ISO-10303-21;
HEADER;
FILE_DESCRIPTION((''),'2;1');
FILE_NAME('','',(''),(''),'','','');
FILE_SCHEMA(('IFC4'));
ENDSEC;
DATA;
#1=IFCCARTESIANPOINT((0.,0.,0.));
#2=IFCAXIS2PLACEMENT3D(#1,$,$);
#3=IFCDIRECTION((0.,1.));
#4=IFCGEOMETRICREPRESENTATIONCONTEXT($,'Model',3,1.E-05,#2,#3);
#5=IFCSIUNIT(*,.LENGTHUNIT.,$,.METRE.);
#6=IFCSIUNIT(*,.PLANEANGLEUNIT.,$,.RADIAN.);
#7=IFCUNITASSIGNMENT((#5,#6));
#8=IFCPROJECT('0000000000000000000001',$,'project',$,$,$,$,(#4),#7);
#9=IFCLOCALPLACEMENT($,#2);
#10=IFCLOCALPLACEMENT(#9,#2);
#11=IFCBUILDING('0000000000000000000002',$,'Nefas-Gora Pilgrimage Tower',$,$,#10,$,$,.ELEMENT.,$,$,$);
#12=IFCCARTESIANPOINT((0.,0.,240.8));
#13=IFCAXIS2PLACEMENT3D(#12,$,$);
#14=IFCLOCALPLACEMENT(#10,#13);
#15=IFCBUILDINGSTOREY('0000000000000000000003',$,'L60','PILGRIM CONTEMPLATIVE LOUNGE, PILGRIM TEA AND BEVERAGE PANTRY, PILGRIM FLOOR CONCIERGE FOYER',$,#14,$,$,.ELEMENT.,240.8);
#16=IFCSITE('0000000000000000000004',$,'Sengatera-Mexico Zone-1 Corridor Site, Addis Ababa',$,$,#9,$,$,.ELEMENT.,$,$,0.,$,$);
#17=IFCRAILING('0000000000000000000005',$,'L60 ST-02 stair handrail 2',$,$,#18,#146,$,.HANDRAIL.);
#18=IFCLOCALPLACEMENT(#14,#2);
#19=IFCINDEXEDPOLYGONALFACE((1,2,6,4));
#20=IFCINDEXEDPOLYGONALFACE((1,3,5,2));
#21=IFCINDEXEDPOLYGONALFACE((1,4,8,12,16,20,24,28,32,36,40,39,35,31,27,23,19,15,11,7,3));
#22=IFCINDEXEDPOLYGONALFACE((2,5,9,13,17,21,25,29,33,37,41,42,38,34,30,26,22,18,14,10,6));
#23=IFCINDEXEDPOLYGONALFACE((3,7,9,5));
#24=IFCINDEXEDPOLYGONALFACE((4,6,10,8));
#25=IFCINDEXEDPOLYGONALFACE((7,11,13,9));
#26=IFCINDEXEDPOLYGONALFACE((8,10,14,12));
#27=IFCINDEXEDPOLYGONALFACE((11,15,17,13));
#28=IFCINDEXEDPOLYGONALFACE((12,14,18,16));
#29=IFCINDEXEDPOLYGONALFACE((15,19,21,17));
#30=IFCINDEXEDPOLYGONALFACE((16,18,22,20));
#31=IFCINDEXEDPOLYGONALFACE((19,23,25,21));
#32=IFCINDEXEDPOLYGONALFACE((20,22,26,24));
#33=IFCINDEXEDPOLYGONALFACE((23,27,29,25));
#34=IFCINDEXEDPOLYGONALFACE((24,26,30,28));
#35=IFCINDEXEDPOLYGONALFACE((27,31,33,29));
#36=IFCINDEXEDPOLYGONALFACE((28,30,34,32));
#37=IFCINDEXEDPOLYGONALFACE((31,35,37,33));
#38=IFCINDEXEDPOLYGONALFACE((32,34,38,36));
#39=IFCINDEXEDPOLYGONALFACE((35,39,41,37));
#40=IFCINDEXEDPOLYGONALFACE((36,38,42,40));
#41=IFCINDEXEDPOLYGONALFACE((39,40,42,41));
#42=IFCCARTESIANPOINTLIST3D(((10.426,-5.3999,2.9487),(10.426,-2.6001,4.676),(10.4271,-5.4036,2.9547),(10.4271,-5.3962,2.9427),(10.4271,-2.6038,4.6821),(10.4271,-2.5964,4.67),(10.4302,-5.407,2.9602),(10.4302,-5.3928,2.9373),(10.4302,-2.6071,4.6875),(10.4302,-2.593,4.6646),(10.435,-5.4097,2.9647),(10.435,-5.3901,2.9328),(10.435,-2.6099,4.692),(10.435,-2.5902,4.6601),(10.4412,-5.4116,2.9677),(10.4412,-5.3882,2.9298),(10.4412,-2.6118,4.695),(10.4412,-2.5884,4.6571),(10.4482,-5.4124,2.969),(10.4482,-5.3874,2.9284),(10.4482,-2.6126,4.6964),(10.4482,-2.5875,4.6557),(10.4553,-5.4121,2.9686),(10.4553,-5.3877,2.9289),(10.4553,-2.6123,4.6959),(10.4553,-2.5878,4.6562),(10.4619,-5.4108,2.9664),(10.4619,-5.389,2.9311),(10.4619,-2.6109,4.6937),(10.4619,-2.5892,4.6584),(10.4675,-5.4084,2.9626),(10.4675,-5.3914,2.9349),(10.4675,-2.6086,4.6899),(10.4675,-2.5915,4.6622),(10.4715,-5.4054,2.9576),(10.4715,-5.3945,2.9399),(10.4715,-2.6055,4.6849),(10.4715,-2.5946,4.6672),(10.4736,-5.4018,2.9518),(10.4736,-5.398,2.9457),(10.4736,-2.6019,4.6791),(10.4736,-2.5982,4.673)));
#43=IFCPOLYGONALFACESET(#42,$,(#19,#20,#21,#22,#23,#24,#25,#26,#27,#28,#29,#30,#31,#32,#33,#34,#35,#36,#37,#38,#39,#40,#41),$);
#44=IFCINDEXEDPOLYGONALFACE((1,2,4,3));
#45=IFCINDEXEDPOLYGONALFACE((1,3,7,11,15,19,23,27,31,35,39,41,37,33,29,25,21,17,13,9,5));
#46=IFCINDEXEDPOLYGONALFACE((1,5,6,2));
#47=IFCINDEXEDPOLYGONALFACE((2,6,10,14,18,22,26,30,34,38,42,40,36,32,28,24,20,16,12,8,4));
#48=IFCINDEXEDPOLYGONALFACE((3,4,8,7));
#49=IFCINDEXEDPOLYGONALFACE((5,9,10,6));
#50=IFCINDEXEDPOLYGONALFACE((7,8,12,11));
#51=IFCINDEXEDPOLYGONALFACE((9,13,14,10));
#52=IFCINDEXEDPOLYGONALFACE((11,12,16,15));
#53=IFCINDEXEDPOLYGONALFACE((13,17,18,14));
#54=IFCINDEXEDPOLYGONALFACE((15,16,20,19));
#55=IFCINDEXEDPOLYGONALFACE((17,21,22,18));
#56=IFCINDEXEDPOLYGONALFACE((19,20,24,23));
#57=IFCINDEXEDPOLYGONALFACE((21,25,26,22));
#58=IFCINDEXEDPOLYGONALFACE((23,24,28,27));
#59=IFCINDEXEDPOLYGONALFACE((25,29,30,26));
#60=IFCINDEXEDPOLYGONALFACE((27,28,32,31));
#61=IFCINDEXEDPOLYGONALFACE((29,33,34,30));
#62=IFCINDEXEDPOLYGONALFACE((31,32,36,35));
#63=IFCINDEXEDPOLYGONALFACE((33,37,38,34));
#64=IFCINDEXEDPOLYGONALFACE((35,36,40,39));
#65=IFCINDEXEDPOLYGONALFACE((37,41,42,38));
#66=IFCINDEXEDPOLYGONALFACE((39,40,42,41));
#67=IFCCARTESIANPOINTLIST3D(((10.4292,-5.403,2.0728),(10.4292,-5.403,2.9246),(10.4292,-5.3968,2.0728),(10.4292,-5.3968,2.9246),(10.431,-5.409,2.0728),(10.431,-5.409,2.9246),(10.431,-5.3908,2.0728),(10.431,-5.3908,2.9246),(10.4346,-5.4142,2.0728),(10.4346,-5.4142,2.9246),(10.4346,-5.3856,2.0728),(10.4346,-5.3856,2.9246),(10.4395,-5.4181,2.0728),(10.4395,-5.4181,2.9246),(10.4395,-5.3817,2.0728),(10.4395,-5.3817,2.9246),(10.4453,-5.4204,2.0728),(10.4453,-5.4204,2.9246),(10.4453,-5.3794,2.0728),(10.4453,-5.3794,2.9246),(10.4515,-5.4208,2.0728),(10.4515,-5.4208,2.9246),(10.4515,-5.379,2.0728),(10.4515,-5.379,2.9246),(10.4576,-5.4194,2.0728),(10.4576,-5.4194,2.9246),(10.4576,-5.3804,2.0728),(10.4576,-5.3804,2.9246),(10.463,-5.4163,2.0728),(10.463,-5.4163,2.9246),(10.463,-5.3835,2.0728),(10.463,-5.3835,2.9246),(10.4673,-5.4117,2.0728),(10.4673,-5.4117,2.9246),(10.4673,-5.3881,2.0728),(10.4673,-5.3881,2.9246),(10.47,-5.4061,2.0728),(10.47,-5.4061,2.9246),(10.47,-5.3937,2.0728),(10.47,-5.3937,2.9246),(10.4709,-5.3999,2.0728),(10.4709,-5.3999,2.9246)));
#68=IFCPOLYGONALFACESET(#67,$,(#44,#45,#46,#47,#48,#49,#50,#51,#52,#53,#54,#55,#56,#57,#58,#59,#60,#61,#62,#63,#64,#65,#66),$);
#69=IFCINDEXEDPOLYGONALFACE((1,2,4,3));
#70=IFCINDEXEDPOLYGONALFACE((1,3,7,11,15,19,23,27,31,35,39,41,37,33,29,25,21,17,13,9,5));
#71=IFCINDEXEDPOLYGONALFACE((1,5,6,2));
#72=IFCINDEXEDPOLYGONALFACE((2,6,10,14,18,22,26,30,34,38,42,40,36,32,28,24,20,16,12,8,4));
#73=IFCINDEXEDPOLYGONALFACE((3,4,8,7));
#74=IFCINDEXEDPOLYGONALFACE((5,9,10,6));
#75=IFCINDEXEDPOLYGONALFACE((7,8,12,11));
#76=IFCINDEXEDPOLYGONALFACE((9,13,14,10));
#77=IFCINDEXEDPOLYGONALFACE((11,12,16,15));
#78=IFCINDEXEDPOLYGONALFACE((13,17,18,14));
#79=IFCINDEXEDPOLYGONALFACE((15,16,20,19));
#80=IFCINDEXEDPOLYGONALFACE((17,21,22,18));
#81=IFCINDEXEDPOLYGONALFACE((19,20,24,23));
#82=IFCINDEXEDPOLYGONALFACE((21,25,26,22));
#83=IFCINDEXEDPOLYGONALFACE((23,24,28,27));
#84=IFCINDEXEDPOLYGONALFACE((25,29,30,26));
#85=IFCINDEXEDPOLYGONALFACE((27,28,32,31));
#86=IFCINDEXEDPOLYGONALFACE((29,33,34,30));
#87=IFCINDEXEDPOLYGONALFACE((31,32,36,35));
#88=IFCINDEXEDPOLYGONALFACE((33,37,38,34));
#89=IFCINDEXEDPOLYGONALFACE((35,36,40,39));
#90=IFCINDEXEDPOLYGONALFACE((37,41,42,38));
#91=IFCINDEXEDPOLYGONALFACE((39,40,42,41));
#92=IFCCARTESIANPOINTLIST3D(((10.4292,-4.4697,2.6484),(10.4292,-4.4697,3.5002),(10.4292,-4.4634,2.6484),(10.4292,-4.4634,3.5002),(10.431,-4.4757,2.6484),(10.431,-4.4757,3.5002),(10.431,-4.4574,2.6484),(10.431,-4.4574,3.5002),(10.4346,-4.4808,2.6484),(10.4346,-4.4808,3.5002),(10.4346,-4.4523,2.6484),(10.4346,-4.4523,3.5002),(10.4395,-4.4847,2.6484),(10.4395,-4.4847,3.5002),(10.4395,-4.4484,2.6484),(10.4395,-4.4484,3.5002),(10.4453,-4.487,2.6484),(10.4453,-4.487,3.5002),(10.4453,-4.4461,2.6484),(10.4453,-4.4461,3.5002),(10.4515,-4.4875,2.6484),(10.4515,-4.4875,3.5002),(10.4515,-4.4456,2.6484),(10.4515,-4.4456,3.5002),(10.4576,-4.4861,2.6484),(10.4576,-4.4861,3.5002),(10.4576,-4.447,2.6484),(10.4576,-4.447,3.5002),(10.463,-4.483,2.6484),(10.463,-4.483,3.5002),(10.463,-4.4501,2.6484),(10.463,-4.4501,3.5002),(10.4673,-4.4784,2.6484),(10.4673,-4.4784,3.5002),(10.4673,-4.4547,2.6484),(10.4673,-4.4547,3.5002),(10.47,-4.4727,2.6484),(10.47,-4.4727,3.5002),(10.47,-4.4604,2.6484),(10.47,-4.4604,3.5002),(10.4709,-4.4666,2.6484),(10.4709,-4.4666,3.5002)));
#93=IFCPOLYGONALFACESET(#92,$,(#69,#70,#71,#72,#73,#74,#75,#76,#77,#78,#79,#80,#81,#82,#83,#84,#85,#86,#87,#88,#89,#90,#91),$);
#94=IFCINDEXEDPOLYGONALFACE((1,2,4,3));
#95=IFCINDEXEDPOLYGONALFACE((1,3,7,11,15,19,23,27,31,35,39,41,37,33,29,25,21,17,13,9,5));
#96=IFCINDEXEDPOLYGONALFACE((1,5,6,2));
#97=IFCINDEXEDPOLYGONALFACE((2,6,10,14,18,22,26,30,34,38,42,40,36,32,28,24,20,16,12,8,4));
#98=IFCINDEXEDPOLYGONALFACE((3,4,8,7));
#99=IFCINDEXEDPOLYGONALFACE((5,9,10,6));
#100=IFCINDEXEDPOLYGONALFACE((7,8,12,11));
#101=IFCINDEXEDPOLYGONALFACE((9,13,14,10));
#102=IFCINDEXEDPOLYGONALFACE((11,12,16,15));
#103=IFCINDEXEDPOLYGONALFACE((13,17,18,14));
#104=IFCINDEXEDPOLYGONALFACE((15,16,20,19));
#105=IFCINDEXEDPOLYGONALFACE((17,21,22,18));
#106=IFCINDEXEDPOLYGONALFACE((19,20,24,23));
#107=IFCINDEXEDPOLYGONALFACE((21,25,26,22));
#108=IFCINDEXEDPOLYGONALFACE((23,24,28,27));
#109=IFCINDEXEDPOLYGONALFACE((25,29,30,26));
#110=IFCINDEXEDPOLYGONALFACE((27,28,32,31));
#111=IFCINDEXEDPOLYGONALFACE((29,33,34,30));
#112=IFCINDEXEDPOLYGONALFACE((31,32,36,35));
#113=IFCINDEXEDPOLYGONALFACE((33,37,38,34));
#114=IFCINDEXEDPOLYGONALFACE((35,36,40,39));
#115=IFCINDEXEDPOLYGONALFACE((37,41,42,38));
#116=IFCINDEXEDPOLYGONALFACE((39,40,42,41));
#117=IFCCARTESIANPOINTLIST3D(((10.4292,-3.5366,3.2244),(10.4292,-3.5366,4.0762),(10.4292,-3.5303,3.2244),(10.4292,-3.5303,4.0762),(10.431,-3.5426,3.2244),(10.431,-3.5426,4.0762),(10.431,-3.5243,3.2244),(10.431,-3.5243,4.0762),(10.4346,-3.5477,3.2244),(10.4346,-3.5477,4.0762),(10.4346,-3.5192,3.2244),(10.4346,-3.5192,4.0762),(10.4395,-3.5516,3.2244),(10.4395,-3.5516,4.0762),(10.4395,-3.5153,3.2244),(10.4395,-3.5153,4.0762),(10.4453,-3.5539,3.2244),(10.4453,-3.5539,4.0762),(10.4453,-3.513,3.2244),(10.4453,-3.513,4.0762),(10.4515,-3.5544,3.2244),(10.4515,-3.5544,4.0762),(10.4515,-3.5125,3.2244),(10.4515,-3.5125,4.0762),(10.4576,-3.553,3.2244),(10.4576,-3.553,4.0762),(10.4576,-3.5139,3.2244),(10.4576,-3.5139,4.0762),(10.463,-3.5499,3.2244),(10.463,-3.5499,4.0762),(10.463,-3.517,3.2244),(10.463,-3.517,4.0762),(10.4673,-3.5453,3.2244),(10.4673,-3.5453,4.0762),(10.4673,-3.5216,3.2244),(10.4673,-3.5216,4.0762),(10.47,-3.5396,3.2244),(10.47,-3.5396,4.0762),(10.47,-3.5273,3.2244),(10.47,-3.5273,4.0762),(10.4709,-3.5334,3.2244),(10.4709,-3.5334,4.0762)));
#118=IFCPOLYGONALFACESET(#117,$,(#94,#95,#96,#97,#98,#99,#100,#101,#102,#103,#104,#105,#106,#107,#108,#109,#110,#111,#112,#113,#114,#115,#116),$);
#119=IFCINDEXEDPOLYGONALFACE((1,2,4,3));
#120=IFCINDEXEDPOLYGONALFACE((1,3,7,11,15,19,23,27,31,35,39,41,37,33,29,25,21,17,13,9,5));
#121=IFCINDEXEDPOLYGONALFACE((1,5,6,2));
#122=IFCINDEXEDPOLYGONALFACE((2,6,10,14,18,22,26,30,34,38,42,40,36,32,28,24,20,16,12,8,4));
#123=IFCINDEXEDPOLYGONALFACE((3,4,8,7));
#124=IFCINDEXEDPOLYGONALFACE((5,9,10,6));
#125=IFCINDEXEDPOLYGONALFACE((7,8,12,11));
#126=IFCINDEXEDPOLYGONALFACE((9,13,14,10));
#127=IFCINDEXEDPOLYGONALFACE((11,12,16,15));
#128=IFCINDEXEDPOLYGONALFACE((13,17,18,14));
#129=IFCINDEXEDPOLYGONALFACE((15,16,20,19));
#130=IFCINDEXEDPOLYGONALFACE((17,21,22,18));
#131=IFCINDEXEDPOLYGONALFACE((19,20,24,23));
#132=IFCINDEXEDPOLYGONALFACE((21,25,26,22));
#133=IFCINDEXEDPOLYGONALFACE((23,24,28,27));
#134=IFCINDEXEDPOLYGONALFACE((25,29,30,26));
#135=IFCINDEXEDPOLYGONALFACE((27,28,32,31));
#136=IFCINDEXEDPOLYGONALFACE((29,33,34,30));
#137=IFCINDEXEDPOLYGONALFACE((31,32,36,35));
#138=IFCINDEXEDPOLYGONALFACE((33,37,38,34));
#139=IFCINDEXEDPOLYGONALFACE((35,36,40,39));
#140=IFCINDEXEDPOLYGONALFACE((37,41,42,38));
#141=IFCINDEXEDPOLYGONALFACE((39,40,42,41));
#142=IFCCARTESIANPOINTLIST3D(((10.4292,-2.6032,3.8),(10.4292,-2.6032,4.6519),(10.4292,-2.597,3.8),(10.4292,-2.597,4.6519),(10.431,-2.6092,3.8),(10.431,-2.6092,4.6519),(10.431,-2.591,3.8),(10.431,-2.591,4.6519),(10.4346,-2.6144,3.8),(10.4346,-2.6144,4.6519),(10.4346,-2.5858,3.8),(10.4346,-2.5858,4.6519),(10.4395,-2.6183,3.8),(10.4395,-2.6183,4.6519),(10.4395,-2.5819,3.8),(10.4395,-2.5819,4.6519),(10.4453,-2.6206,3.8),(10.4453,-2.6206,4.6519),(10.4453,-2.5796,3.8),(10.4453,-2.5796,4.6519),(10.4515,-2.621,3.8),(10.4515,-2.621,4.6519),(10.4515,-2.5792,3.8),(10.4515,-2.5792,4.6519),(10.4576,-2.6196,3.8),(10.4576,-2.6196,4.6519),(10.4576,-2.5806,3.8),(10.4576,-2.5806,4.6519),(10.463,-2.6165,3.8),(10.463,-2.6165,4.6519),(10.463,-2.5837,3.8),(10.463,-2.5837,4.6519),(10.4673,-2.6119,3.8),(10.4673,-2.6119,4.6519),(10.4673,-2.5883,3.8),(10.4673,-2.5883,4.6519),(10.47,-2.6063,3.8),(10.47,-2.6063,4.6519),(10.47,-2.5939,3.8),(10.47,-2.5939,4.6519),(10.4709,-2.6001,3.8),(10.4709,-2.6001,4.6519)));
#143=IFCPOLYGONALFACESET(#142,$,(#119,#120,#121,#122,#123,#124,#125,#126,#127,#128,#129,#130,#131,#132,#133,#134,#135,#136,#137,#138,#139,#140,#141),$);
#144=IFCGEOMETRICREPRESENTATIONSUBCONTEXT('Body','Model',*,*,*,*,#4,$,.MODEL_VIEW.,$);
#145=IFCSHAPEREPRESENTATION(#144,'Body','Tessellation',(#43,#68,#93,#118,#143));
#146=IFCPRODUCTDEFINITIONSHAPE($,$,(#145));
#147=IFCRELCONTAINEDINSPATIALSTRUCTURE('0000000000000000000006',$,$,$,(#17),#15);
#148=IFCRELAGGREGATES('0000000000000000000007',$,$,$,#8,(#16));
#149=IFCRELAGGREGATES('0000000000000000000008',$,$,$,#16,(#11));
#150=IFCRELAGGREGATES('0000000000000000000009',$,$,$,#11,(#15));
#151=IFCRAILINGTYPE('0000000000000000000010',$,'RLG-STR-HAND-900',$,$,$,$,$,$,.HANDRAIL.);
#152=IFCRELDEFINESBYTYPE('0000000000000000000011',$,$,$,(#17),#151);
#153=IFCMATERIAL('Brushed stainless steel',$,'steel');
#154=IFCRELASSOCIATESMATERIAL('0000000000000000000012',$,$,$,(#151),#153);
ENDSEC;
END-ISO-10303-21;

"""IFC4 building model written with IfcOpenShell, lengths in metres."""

from ifc_helpers import new_model, si_unit, direction, frame, origin, origin_2d, place, context, subcontext, project, spatial, circle, extrude, material, type_object, element, save


model = new_model("IFC4")

# Units and contexts
model_context = context("Model", 3, precision=1e-05, world=origin(), true_north=direction((0.0, 1.0)))
body_context = subcontext(model_context, "Body", "Model", "MODEL_VIEW")
ifc_project = project(units=[si_unit("LENGTHUNIT", "METRE"), si_unit("PLANEANGLEUNIT", "RADIAN")], contexts=[model_context])

# Site, building, storey
site_placement = place(None, origin())
site = spatial("IfcSite", under=ifc_project, at=site_placement, Name="Sengatera-Mexico Zone-1 Corridor Site, Addis Ababa", CompositionType="ELEMENT", RefElevation=0.0)
building_placement = place(site_placement, origin())
building = spatial("IfcBuilding", under=site, at=building_placement, Name="Nefas-Gora Pilgrimage Tower", CompositionType="ELEMENT")
storey_placement = place(building_placement, frame((0.0, 0.0, 240.8)))
storey = spatial("IfcBuildingStorey", under=building, at=storey_placement, Name="L60", Description="PILGRIM CONTEMPLATIVE LOUNGE, PILGRIM TEA AND BEVERAGE PANTRY, PILGRIM FLOOR CONCIERGE FOYER", CompositionType="ELEMENT", Elevation=240.8)

# Railing
ifc_material_1 = material(Name="Brushed stainless steel", Category="steel")
railing_type_1 = type_object("IfcRailingType", Name="RLG-STR-HAND-900", PredefinedType="HANDRAIL", material=ifc_material_1)
railing_1_placement = place(storey_placement, frame((10.45, -5.3999, 2.0728)))
element("IfcRailing", 1, at=railing_1_placement, inside=storey, type_object=railing_type_1, Name="L60 ST-02 stair handrail 2", PredefinedType="HANDRAIL", context=body_context, shape_type="SweptSolid", body=[
    extrude(circle(Radius=0.0239, at=origin_2d()), frame((0.0, 0.0, 0.876), z_axis=(0.0, 0.851069, 0.525054), x_axis=(-1.0, 0.0, 0.0)), (0.0, 0.0, 1.0), 3.2898),
    extrude(circle(Radius=0.021, at=origin_2d()), origin(), (0.0, 0.0, 1.0), 0.8518),
    extrude(circle(Radius=0.021, at=origin_2d()), frame((0.0, 0.9333, 0.5757)), (0.0, 0.0, 1.0), 0.8518),
    extrude(circle(Radius=0.021, at=origin_2d()), frame((0.0, 1.8665, 1.1516)), (0.0, 0.0, 1.0), 0.8518),
    extrude(circle(Radius=0.021, at=origin_2d()), frame((0.0, 2.7998, 1.7273)), (0.0, 0.0, 1.0), 0.8518),
])

save(model, "model.ifc")
